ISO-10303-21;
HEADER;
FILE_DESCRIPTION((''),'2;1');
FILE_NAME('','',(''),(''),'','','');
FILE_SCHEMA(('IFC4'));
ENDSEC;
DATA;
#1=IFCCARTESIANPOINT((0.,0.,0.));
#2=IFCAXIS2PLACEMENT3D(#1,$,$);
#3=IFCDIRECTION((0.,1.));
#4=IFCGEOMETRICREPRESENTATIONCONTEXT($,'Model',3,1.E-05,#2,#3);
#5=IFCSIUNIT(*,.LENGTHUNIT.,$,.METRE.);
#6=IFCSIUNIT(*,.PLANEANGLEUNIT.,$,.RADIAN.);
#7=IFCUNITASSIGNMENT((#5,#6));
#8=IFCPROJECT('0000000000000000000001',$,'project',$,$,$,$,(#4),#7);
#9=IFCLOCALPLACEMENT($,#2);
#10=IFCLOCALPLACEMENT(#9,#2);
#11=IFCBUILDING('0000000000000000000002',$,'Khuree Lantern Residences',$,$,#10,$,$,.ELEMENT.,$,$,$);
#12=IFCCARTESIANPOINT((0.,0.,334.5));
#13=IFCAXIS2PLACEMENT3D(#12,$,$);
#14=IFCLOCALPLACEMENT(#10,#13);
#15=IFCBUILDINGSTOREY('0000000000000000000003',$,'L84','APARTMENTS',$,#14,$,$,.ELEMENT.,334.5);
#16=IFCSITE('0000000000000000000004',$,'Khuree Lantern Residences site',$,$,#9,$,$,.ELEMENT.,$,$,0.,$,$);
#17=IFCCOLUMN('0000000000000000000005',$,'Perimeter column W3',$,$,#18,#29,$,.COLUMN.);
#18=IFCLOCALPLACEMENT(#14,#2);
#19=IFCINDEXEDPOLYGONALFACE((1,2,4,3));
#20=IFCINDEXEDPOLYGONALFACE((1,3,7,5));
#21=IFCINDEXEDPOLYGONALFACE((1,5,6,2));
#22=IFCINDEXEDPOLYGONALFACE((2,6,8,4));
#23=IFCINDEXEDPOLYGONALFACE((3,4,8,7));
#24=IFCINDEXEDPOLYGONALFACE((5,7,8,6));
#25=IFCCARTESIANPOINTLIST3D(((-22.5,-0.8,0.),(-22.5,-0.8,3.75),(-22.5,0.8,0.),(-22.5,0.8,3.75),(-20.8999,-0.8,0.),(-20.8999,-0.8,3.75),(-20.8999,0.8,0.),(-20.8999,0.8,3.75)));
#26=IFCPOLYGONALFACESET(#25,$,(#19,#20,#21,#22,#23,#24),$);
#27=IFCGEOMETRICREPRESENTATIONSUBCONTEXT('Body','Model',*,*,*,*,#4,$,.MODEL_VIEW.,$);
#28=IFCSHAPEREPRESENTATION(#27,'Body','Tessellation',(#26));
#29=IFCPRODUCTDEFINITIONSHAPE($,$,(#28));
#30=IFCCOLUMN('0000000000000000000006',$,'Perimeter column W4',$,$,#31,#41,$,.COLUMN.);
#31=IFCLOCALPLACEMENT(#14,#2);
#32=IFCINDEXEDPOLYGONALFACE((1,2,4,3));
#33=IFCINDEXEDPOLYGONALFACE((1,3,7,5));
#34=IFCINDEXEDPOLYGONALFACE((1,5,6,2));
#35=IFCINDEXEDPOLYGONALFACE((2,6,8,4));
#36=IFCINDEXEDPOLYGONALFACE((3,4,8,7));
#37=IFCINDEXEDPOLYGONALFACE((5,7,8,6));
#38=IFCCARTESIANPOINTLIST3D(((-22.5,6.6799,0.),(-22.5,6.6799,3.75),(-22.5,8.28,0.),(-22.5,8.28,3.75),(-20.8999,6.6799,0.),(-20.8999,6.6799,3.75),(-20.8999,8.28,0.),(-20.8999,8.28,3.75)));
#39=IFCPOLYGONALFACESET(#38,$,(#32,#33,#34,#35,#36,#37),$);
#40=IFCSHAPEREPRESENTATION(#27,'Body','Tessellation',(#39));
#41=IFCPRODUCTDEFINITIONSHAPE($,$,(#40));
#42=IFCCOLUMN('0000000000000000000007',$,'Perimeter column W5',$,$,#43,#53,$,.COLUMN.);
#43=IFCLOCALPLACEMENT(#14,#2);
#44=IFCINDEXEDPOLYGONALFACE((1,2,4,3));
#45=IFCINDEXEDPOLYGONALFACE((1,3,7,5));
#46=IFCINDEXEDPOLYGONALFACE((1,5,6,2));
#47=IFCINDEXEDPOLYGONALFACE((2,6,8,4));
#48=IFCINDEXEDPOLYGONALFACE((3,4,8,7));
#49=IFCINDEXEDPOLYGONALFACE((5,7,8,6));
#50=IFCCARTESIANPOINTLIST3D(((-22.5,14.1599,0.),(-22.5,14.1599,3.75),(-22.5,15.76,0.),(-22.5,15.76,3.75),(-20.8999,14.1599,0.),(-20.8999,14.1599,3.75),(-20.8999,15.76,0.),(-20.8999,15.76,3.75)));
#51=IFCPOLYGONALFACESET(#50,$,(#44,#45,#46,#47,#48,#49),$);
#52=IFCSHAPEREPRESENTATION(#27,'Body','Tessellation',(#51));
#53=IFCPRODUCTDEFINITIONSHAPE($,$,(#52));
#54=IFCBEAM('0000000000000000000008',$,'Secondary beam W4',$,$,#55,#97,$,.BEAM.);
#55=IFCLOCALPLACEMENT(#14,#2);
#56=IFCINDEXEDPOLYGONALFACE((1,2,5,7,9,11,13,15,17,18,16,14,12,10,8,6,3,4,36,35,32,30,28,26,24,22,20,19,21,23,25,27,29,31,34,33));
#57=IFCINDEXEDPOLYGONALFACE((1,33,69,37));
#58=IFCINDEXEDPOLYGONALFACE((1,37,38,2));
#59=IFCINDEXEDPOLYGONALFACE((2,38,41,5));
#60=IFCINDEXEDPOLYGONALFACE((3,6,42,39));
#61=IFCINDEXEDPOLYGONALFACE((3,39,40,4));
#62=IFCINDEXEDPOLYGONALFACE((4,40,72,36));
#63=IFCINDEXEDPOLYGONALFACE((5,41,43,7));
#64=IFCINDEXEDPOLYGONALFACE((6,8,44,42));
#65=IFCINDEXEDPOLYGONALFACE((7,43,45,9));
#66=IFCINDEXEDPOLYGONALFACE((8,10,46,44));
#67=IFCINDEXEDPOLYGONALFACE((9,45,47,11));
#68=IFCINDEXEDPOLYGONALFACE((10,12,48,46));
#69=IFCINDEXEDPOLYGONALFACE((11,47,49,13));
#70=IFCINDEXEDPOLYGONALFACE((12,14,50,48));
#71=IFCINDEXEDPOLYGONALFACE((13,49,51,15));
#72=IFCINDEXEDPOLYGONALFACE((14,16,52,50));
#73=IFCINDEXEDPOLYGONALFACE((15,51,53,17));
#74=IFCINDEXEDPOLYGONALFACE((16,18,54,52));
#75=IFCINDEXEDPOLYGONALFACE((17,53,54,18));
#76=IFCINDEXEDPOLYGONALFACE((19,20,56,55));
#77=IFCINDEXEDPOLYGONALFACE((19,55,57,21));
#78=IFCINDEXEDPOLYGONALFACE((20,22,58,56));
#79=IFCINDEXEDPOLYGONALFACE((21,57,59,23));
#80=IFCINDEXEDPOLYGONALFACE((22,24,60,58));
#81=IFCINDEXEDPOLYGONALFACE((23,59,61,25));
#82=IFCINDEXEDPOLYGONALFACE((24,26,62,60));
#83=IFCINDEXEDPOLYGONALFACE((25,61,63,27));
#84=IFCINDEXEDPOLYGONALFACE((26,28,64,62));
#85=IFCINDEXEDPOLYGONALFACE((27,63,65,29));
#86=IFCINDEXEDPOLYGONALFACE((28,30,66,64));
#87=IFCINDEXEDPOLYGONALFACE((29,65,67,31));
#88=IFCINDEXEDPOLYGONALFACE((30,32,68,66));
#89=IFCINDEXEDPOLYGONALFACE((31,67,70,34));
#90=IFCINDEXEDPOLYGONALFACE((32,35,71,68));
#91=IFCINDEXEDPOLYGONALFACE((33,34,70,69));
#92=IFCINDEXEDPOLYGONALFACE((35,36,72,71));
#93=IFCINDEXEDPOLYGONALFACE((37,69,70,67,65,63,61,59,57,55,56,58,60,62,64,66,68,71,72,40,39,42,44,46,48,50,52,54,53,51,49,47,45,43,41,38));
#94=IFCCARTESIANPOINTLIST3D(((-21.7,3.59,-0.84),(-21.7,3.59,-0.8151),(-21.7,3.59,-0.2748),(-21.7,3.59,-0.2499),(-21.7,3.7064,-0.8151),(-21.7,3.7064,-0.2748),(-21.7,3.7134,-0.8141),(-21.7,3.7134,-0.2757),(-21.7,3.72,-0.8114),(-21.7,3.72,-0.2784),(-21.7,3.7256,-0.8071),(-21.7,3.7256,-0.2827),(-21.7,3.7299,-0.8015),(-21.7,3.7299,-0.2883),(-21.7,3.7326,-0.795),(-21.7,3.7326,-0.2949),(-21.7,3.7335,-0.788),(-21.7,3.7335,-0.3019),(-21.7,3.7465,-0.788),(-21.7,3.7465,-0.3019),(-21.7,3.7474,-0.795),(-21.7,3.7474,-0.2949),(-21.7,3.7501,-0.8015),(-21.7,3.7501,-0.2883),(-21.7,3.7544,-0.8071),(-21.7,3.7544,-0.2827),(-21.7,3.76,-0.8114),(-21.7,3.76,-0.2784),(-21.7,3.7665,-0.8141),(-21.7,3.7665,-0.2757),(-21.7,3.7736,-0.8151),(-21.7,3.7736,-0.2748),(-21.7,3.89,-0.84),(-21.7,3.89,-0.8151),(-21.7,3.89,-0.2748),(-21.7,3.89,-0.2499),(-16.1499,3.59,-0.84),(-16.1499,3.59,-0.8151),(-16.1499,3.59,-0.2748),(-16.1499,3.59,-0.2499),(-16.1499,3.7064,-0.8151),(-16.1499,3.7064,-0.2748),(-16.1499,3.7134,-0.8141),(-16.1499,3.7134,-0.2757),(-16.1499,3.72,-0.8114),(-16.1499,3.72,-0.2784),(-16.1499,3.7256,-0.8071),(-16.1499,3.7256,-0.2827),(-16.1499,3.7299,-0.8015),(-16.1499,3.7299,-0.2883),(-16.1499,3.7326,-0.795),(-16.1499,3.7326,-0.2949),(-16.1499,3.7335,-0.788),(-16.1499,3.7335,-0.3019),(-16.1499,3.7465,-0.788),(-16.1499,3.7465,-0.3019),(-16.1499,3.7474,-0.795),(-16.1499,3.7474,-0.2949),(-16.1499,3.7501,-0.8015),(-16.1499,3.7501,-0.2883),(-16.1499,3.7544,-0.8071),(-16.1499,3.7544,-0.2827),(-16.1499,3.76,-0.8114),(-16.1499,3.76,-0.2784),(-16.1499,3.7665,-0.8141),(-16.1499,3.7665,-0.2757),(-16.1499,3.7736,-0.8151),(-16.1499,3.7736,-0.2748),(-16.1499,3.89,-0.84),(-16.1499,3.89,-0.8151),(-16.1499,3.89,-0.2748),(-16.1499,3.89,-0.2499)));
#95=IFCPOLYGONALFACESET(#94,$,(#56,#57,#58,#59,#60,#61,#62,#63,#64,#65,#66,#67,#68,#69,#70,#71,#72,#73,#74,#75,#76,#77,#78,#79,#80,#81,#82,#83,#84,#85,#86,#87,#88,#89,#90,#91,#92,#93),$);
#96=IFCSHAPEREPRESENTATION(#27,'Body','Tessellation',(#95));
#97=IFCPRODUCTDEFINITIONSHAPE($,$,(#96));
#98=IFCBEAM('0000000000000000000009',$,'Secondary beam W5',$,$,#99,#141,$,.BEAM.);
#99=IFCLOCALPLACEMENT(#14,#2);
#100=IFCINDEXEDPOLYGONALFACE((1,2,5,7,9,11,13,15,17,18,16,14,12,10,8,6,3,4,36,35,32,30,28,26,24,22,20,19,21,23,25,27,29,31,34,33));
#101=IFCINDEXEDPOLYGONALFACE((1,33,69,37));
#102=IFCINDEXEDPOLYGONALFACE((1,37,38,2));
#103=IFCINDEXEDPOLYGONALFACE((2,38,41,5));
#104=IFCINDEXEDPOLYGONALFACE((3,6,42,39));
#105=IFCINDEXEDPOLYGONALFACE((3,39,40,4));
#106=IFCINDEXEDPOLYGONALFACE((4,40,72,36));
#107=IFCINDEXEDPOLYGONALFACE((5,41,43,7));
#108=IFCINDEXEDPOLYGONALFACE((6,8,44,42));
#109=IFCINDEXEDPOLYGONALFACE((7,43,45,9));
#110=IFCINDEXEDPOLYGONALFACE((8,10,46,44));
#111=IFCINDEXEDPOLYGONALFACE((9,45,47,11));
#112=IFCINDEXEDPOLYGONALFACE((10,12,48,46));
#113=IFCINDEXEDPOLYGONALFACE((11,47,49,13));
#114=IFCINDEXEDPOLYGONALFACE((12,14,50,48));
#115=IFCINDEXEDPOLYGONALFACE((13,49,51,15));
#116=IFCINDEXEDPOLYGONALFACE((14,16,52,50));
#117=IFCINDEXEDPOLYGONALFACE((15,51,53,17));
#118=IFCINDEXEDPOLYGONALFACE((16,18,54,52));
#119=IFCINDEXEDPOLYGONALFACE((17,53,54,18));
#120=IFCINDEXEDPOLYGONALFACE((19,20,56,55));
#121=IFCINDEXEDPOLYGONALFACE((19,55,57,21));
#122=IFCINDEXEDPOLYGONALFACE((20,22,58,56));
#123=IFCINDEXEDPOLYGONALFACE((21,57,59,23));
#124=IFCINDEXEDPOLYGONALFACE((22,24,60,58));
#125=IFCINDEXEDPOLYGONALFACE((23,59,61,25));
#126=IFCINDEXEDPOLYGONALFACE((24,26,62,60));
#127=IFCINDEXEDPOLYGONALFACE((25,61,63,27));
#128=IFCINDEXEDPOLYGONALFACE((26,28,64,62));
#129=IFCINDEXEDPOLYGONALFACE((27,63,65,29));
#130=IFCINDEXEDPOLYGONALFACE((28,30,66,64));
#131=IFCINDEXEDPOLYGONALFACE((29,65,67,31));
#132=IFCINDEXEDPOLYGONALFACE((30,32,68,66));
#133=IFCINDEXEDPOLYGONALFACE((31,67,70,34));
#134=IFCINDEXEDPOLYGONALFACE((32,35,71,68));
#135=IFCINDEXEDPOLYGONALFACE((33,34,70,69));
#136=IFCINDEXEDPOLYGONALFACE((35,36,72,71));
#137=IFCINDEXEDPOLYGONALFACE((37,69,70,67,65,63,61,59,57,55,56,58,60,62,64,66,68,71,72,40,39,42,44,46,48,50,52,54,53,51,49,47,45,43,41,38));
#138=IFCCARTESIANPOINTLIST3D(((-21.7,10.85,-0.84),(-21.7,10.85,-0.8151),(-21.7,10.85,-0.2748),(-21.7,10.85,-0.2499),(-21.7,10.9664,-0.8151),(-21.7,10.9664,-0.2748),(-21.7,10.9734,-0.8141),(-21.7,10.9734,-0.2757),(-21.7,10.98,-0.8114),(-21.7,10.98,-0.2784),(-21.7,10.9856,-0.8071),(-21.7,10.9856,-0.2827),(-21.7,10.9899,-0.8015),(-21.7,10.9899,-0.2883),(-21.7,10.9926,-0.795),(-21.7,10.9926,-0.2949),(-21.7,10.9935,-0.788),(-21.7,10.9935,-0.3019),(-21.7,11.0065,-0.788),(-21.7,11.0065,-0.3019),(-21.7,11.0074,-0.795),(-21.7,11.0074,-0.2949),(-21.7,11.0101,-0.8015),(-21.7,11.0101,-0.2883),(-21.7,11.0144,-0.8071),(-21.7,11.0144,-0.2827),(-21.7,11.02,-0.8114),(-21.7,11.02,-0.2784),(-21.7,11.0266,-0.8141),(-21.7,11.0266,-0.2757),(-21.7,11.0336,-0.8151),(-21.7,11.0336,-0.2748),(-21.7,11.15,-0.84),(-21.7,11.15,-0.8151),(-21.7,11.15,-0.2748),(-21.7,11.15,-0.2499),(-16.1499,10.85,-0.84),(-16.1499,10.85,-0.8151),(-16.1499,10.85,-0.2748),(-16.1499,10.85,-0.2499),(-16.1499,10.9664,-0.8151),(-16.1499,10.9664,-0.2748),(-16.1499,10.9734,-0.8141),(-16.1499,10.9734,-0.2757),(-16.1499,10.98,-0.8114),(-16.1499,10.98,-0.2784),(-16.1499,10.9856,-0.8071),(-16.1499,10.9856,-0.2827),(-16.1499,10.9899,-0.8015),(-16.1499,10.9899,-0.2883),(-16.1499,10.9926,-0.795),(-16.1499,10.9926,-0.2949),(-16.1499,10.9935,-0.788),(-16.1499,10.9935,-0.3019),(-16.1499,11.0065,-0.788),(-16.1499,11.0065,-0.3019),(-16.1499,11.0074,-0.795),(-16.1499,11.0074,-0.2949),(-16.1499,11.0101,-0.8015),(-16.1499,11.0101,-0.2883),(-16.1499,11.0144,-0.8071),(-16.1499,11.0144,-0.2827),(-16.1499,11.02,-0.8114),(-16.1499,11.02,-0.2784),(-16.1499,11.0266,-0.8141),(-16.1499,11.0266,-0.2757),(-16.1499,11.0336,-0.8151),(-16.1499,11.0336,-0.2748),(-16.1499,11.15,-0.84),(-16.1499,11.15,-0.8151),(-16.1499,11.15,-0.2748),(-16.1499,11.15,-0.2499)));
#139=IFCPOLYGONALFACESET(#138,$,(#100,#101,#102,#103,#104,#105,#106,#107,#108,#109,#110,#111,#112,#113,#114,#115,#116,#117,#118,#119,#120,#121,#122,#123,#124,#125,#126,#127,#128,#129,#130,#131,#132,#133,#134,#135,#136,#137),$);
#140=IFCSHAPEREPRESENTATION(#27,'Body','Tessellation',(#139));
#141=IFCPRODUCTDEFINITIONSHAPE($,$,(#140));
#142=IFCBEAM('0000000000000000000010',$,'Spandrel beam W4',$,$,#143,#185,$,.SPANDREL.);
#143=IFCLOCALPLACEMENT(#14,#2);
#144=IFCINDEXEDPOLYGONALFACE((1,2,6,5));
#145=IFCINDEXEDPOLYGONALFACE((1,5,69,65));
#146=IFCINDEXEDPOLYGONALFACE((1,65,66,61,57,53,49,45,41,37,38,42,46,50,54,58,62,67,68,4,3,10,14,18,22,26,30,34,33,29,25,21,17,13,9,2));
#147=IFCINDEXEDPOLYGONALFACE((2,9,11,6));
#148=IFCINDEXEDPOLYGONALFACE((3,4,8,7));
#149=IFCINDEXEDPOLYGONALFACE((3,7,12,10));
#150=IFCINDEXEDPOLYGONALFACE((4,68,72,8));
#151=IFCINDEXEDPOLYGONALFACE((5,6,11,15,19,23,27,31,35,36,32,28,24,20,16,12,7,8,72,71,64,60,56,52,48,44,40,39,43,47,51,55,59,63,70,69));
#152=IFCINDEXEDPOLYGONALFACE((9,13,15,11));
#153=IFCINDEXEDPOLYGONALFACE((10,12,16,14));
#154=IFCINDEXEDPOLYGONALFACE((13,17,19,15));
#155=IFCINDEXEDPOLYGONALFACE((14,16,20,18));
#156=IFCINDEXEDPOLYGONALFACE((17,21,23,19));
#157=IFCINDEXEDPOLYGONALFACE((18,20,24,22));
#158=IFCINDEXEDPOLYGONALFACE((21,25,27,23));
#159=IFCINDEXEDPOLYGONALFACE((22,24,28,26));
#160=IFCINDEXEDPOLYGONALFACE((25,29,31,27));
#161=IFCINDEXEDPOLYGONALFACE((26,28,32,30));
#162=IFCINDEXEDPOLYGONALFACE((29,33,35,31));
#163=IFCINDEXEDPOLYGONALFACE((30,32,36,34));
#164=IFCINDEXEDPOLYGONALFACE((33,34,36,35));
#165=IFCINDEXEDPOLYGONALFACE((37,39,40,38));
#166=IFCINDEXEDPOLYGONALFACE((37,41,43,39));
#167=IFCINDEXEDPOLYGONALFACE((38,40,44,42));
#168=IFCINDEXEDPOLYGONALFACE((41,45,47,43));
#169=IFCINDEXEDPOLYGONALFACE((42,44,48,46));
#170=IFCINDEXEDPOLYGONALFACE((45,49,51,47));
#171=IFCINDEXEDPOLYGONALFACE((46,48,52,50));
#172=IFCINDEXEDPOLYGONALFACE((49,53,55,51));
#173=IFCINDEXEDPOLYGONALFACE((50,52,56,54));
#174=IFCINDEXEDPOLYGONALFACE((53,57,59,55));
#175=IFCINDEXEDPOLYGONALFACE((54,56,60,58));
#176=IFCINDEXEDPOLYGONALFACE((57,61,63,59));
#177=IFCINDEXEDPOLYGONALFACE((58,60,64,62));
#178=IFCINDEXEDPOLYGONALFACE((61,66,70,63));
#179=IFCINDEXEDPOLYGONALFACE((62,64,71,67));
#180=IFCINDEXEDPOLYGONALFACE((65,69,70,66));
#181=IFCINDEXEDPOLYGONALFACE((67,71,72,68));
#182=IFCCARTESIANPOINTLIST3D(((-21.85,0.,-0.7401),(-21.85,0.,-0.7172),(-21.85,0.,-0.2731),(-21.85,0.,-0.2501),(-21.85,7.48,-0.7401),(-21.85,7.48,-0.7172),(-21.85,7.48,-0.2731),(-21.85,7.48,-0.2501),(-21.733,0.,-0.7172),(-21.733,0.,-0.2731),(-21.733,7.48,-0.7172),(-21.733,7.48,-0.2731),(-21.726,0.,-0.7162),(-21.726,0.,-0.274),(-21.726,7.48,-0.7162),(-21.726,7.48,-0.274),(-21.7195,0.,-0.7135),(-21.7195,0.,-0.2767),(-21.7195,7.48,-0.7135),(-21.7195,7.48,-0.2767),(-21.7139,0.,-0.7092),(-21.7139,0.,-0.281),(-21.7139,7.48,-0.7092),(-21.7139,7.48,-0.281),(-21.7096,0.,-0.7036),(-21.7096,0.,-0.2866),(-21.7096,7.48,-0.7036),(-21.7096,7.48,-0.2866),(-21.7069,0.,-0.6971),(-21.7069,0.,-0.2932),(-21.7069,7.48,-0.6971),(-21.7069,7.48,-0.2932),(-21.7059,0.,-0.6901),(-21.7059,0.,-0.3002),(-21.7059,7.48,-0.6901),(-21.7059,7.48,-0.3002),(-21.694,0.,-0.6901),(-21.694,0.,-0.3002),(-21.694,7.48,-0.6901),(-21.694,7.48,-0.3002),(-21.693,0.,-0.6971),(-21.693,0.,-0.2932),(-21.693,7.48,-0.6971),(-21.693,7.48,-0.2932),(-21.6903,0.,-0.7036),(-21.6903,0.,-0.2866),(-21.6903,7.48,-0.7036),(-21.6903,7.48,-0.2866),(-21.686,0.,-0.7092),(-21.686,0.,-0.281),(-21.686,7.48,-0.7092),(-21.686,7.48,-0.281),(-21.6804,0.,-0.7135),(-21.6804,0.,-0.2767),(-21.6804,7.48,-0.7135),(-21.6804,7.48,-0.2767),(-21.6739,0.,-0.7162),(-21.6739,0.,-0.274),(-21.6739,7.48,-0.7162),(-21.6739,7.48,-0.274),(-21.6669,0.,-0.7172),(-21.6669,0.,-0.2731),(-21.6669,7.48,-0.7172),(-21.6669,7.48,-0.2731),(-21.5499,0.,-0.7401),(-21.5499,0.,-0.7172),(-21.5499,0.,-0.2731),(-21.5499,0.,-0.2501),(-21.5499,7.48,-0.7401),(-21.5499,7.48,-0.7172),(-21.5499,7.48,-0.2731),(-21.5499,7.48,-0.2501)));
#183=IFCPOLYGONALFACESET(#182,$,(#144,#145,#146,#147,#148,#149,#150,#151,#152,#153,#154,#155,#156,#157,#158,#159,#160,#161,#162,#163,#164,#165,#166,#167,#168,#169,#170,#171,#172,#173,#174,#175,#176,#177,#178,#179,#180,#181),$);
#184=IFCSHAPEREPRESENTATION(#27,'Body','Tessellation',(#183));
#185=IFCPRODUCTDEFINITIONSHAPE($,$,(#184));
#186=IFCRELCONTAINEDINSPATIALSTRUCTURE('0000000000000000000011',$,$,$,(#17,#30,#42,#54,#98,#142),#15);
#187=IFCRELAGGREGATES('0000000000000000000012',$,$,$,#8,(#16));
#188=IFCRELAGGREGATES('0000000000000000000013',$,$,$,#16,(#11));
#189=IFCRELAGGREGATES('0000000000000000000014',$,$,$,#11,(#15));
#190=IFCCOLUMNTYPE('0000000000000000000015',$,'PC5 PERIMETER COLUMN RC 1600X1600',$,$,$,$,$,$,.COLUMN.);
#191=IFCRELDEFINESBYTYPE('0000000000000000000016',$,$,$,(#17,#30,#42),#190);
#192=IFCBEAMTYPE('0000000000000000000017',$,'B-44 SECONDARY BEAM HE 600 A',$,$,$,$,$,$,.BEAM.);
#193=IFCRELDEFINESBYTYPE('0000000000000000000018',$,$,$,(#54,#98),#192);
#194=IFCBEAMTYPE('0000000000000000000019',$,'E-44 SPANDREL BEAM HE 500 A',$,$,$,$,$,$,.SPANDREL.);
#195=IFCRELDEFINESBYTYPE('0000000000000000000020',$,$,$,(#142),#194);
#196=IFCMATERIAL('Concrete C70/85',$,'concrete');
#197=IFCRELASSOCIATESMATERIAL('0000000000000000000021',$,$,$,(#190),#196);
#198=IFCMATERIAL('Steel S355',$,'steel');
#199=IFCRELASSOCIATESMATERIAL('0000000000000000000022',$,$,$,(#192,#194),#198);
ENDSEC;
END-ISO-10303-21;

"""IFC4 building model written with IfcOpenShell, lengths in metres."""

from ifc_helpers import new_model, si_unit, direction, frame, origin, origin_2d, place, context, subcontext, project, spatial, rectangle, i_section, extrude, material, material_profile, profile_set, type_object, element, save


model = new_model("IFC4")

# Units and contexts
model_context = context("Model", 3, precision=1e-05, world=origin(), true_north=direction((0.0, 1.0)))
body_context = subcontext(model_context, "Body", "Model", "MODEL_VIEW")
ifc_project = project(units=[si_unit("LENGTHUNIT", "METRE"), si_unit("PLANEANGLEUNIT", "RADIAN")], contexts=[model_context])

# Site, building, storey
site_placement = place(None, origin())
site = spatial("IfcSite", under=ifc_project, at=site_placement, Name="Khuree Lantern Residences site", CompositionType="ELEMENT", RefElevation=0.0)
building_placement = place(site_placement, origin())
building = spatial("IfcBuilding", under=site, at=building_placement, Name="Khuree Lantern Residences", CompositionType="ELEMENT")
storey_placement = place(building_placement, frame((0.0, 0.0, 334.5)))
storey = spatial("IfcBuildingStorey", under=building, at=storey_placement, Name="L84", Description="APARTMENTS", CompositionType="ELEMENT", Elevation=334.5)

# Columns
ifc_material_1 = material(Name="Concrete C70/85", Category="concrete")
ifc_material_profile_1 = material_profile(ifc_material_1, rectangle(XDim=1.6001, YDim=1.6001, at=origin_2d()), Name="RC 1600X1600")
ifc_profile_set_1 = profile_set([ifc_material_profile_1], Name="Concrete C70/85")
column_type = type_object("IfcColumnType", Name="PC5 PERIMETER COLUMN RC 1600X1600", PredefinedType="COLUMN", material=ifc_profile_set_1)
for number, where, z_axis, x_axis, name in (
    (1, (-21.7, 0.0, 0.0), (0.0, 0.0, 1.0), (0.0, 1.0, 0.0), "Perimeter column W3"),
    (2, (-21.7, 7.48, 0.0), (0.0, 0.0, 1.0), (0.0, 1.0, 0.0), "Perimeter column W4"),
    (3, (-21.7, 14.96, 0.0), (0.0, 0.0, 1.0), (0.0, 1.0, 0.0), "Perimeter column W5"),
):
    element("IfcColumn", number, at=place(storey_placement, frame(where, z_axis=z_axis, x_axis=x_axis)), inside=storey, type_object=column_type, Name=name, PredefinedType="COLUMN", context=body_context, shape_type="SweptSolid", body=[
        extrude(rectangle(XDim=1.6001, YDim=1.6001, at=origin_2d()), origin(), (0.0, 0.0, 1.0), 3.75),
    ])

# Beams
ifc_material_2 = material(Name="Steel S355", Category="steel")
ifc_material_profile_2 = material_profile(ifc_material_2, i_section(OverallWidth=0.3, OverallDepth=0.5901, WebThickness=0.0129, FlangeThickness=0.0249, FilletRadius=0.0271, at=origin_2d()), Name="HE 600 A")
ifc_profile_set_2 = profile_set([ifc_material_profile_2], Name="Steel S355")
beam_type_1 = type_object("IfcBeamType", Name="B-44 SECONDARY BEAM HE 600 A", PredefinedType="BEAM", material=ifc_profile_set_2)
for number, where, z_axis, x_axis, name in (
    (4, (-21.7, 3.74, -0.5449), (1.0, 0.0, 0.0), (0.0, 1.0, 0.0), "Secondary beam W4"),
    (5, (-21.7, 11.0, -0.5449), (1.0, 0.0, 0.0), (0.0, 1.0, 0.0), "Secondary beam W5"),
):
    element("IfcBeam", number, at=place(storey_placement, frame(where, z_axis=z_axis, x_axis=x_axis)), inside=storey, type_object=beam_type_1, Name=name, PredefinedType="BEAM", context=body_context, shape_type="SweptSolid", body=[
        extrude(i_section(OverallWidth=0.3, OverallDepth=0.5901, WebThickness=0.0129, FlangeThickness=0.0249, FilletRadius=0.0271, at=origin_2d()), origin(), (0.0, 0.0, 1.0), 5.55),
    ])
ifc_material_profile_3 = material_profile(ifc_material_2, i_section(OverallWidth=0.3, OverallDepth=0.49, WebThickness=0.012, FlangeThickness=0.0229, FilletRadius=0.0271, at=origin_2d()), Name="HE 500 A")
ifc_profile_set_3 = profile_set([ifc_material_profile_3], Name="Steel S355")
beam_type_2 = type_object("IfcBeamType", Name="E-44 SPANDREL BEAM HE 500 A", PredefinedType="SPANDREL", material=ifc_profile_set_3)
for number, where, z_axis, x_axis, name in (
    (6, (-21.7, 0.0, -0.4951), (0.0, 1.0, 0.0), (-1.0, 0.0, 0.0), "Spandrel beam W4"),
):
    element("IfcBeam", number, at=place(storey_placement, frame(where, z_axis=z_axis, x_axis=x_axis)), inside=storey, type_object=beam_type_2, Name=name, PredefinedType="SPANDREL", context=body_context, shape_type="SweptSolid", body=[
        extrude(i_section(OverallWidth=0.3, OverallDepth=0.49, WebThickness=0.012, FlangeThickness=0.0229, FilletRadius=0.0271, at=origin_2d()), origin(), (0.0, 0.0, 1.0), 7.48),
    ])

save(model, "model.ifc")
